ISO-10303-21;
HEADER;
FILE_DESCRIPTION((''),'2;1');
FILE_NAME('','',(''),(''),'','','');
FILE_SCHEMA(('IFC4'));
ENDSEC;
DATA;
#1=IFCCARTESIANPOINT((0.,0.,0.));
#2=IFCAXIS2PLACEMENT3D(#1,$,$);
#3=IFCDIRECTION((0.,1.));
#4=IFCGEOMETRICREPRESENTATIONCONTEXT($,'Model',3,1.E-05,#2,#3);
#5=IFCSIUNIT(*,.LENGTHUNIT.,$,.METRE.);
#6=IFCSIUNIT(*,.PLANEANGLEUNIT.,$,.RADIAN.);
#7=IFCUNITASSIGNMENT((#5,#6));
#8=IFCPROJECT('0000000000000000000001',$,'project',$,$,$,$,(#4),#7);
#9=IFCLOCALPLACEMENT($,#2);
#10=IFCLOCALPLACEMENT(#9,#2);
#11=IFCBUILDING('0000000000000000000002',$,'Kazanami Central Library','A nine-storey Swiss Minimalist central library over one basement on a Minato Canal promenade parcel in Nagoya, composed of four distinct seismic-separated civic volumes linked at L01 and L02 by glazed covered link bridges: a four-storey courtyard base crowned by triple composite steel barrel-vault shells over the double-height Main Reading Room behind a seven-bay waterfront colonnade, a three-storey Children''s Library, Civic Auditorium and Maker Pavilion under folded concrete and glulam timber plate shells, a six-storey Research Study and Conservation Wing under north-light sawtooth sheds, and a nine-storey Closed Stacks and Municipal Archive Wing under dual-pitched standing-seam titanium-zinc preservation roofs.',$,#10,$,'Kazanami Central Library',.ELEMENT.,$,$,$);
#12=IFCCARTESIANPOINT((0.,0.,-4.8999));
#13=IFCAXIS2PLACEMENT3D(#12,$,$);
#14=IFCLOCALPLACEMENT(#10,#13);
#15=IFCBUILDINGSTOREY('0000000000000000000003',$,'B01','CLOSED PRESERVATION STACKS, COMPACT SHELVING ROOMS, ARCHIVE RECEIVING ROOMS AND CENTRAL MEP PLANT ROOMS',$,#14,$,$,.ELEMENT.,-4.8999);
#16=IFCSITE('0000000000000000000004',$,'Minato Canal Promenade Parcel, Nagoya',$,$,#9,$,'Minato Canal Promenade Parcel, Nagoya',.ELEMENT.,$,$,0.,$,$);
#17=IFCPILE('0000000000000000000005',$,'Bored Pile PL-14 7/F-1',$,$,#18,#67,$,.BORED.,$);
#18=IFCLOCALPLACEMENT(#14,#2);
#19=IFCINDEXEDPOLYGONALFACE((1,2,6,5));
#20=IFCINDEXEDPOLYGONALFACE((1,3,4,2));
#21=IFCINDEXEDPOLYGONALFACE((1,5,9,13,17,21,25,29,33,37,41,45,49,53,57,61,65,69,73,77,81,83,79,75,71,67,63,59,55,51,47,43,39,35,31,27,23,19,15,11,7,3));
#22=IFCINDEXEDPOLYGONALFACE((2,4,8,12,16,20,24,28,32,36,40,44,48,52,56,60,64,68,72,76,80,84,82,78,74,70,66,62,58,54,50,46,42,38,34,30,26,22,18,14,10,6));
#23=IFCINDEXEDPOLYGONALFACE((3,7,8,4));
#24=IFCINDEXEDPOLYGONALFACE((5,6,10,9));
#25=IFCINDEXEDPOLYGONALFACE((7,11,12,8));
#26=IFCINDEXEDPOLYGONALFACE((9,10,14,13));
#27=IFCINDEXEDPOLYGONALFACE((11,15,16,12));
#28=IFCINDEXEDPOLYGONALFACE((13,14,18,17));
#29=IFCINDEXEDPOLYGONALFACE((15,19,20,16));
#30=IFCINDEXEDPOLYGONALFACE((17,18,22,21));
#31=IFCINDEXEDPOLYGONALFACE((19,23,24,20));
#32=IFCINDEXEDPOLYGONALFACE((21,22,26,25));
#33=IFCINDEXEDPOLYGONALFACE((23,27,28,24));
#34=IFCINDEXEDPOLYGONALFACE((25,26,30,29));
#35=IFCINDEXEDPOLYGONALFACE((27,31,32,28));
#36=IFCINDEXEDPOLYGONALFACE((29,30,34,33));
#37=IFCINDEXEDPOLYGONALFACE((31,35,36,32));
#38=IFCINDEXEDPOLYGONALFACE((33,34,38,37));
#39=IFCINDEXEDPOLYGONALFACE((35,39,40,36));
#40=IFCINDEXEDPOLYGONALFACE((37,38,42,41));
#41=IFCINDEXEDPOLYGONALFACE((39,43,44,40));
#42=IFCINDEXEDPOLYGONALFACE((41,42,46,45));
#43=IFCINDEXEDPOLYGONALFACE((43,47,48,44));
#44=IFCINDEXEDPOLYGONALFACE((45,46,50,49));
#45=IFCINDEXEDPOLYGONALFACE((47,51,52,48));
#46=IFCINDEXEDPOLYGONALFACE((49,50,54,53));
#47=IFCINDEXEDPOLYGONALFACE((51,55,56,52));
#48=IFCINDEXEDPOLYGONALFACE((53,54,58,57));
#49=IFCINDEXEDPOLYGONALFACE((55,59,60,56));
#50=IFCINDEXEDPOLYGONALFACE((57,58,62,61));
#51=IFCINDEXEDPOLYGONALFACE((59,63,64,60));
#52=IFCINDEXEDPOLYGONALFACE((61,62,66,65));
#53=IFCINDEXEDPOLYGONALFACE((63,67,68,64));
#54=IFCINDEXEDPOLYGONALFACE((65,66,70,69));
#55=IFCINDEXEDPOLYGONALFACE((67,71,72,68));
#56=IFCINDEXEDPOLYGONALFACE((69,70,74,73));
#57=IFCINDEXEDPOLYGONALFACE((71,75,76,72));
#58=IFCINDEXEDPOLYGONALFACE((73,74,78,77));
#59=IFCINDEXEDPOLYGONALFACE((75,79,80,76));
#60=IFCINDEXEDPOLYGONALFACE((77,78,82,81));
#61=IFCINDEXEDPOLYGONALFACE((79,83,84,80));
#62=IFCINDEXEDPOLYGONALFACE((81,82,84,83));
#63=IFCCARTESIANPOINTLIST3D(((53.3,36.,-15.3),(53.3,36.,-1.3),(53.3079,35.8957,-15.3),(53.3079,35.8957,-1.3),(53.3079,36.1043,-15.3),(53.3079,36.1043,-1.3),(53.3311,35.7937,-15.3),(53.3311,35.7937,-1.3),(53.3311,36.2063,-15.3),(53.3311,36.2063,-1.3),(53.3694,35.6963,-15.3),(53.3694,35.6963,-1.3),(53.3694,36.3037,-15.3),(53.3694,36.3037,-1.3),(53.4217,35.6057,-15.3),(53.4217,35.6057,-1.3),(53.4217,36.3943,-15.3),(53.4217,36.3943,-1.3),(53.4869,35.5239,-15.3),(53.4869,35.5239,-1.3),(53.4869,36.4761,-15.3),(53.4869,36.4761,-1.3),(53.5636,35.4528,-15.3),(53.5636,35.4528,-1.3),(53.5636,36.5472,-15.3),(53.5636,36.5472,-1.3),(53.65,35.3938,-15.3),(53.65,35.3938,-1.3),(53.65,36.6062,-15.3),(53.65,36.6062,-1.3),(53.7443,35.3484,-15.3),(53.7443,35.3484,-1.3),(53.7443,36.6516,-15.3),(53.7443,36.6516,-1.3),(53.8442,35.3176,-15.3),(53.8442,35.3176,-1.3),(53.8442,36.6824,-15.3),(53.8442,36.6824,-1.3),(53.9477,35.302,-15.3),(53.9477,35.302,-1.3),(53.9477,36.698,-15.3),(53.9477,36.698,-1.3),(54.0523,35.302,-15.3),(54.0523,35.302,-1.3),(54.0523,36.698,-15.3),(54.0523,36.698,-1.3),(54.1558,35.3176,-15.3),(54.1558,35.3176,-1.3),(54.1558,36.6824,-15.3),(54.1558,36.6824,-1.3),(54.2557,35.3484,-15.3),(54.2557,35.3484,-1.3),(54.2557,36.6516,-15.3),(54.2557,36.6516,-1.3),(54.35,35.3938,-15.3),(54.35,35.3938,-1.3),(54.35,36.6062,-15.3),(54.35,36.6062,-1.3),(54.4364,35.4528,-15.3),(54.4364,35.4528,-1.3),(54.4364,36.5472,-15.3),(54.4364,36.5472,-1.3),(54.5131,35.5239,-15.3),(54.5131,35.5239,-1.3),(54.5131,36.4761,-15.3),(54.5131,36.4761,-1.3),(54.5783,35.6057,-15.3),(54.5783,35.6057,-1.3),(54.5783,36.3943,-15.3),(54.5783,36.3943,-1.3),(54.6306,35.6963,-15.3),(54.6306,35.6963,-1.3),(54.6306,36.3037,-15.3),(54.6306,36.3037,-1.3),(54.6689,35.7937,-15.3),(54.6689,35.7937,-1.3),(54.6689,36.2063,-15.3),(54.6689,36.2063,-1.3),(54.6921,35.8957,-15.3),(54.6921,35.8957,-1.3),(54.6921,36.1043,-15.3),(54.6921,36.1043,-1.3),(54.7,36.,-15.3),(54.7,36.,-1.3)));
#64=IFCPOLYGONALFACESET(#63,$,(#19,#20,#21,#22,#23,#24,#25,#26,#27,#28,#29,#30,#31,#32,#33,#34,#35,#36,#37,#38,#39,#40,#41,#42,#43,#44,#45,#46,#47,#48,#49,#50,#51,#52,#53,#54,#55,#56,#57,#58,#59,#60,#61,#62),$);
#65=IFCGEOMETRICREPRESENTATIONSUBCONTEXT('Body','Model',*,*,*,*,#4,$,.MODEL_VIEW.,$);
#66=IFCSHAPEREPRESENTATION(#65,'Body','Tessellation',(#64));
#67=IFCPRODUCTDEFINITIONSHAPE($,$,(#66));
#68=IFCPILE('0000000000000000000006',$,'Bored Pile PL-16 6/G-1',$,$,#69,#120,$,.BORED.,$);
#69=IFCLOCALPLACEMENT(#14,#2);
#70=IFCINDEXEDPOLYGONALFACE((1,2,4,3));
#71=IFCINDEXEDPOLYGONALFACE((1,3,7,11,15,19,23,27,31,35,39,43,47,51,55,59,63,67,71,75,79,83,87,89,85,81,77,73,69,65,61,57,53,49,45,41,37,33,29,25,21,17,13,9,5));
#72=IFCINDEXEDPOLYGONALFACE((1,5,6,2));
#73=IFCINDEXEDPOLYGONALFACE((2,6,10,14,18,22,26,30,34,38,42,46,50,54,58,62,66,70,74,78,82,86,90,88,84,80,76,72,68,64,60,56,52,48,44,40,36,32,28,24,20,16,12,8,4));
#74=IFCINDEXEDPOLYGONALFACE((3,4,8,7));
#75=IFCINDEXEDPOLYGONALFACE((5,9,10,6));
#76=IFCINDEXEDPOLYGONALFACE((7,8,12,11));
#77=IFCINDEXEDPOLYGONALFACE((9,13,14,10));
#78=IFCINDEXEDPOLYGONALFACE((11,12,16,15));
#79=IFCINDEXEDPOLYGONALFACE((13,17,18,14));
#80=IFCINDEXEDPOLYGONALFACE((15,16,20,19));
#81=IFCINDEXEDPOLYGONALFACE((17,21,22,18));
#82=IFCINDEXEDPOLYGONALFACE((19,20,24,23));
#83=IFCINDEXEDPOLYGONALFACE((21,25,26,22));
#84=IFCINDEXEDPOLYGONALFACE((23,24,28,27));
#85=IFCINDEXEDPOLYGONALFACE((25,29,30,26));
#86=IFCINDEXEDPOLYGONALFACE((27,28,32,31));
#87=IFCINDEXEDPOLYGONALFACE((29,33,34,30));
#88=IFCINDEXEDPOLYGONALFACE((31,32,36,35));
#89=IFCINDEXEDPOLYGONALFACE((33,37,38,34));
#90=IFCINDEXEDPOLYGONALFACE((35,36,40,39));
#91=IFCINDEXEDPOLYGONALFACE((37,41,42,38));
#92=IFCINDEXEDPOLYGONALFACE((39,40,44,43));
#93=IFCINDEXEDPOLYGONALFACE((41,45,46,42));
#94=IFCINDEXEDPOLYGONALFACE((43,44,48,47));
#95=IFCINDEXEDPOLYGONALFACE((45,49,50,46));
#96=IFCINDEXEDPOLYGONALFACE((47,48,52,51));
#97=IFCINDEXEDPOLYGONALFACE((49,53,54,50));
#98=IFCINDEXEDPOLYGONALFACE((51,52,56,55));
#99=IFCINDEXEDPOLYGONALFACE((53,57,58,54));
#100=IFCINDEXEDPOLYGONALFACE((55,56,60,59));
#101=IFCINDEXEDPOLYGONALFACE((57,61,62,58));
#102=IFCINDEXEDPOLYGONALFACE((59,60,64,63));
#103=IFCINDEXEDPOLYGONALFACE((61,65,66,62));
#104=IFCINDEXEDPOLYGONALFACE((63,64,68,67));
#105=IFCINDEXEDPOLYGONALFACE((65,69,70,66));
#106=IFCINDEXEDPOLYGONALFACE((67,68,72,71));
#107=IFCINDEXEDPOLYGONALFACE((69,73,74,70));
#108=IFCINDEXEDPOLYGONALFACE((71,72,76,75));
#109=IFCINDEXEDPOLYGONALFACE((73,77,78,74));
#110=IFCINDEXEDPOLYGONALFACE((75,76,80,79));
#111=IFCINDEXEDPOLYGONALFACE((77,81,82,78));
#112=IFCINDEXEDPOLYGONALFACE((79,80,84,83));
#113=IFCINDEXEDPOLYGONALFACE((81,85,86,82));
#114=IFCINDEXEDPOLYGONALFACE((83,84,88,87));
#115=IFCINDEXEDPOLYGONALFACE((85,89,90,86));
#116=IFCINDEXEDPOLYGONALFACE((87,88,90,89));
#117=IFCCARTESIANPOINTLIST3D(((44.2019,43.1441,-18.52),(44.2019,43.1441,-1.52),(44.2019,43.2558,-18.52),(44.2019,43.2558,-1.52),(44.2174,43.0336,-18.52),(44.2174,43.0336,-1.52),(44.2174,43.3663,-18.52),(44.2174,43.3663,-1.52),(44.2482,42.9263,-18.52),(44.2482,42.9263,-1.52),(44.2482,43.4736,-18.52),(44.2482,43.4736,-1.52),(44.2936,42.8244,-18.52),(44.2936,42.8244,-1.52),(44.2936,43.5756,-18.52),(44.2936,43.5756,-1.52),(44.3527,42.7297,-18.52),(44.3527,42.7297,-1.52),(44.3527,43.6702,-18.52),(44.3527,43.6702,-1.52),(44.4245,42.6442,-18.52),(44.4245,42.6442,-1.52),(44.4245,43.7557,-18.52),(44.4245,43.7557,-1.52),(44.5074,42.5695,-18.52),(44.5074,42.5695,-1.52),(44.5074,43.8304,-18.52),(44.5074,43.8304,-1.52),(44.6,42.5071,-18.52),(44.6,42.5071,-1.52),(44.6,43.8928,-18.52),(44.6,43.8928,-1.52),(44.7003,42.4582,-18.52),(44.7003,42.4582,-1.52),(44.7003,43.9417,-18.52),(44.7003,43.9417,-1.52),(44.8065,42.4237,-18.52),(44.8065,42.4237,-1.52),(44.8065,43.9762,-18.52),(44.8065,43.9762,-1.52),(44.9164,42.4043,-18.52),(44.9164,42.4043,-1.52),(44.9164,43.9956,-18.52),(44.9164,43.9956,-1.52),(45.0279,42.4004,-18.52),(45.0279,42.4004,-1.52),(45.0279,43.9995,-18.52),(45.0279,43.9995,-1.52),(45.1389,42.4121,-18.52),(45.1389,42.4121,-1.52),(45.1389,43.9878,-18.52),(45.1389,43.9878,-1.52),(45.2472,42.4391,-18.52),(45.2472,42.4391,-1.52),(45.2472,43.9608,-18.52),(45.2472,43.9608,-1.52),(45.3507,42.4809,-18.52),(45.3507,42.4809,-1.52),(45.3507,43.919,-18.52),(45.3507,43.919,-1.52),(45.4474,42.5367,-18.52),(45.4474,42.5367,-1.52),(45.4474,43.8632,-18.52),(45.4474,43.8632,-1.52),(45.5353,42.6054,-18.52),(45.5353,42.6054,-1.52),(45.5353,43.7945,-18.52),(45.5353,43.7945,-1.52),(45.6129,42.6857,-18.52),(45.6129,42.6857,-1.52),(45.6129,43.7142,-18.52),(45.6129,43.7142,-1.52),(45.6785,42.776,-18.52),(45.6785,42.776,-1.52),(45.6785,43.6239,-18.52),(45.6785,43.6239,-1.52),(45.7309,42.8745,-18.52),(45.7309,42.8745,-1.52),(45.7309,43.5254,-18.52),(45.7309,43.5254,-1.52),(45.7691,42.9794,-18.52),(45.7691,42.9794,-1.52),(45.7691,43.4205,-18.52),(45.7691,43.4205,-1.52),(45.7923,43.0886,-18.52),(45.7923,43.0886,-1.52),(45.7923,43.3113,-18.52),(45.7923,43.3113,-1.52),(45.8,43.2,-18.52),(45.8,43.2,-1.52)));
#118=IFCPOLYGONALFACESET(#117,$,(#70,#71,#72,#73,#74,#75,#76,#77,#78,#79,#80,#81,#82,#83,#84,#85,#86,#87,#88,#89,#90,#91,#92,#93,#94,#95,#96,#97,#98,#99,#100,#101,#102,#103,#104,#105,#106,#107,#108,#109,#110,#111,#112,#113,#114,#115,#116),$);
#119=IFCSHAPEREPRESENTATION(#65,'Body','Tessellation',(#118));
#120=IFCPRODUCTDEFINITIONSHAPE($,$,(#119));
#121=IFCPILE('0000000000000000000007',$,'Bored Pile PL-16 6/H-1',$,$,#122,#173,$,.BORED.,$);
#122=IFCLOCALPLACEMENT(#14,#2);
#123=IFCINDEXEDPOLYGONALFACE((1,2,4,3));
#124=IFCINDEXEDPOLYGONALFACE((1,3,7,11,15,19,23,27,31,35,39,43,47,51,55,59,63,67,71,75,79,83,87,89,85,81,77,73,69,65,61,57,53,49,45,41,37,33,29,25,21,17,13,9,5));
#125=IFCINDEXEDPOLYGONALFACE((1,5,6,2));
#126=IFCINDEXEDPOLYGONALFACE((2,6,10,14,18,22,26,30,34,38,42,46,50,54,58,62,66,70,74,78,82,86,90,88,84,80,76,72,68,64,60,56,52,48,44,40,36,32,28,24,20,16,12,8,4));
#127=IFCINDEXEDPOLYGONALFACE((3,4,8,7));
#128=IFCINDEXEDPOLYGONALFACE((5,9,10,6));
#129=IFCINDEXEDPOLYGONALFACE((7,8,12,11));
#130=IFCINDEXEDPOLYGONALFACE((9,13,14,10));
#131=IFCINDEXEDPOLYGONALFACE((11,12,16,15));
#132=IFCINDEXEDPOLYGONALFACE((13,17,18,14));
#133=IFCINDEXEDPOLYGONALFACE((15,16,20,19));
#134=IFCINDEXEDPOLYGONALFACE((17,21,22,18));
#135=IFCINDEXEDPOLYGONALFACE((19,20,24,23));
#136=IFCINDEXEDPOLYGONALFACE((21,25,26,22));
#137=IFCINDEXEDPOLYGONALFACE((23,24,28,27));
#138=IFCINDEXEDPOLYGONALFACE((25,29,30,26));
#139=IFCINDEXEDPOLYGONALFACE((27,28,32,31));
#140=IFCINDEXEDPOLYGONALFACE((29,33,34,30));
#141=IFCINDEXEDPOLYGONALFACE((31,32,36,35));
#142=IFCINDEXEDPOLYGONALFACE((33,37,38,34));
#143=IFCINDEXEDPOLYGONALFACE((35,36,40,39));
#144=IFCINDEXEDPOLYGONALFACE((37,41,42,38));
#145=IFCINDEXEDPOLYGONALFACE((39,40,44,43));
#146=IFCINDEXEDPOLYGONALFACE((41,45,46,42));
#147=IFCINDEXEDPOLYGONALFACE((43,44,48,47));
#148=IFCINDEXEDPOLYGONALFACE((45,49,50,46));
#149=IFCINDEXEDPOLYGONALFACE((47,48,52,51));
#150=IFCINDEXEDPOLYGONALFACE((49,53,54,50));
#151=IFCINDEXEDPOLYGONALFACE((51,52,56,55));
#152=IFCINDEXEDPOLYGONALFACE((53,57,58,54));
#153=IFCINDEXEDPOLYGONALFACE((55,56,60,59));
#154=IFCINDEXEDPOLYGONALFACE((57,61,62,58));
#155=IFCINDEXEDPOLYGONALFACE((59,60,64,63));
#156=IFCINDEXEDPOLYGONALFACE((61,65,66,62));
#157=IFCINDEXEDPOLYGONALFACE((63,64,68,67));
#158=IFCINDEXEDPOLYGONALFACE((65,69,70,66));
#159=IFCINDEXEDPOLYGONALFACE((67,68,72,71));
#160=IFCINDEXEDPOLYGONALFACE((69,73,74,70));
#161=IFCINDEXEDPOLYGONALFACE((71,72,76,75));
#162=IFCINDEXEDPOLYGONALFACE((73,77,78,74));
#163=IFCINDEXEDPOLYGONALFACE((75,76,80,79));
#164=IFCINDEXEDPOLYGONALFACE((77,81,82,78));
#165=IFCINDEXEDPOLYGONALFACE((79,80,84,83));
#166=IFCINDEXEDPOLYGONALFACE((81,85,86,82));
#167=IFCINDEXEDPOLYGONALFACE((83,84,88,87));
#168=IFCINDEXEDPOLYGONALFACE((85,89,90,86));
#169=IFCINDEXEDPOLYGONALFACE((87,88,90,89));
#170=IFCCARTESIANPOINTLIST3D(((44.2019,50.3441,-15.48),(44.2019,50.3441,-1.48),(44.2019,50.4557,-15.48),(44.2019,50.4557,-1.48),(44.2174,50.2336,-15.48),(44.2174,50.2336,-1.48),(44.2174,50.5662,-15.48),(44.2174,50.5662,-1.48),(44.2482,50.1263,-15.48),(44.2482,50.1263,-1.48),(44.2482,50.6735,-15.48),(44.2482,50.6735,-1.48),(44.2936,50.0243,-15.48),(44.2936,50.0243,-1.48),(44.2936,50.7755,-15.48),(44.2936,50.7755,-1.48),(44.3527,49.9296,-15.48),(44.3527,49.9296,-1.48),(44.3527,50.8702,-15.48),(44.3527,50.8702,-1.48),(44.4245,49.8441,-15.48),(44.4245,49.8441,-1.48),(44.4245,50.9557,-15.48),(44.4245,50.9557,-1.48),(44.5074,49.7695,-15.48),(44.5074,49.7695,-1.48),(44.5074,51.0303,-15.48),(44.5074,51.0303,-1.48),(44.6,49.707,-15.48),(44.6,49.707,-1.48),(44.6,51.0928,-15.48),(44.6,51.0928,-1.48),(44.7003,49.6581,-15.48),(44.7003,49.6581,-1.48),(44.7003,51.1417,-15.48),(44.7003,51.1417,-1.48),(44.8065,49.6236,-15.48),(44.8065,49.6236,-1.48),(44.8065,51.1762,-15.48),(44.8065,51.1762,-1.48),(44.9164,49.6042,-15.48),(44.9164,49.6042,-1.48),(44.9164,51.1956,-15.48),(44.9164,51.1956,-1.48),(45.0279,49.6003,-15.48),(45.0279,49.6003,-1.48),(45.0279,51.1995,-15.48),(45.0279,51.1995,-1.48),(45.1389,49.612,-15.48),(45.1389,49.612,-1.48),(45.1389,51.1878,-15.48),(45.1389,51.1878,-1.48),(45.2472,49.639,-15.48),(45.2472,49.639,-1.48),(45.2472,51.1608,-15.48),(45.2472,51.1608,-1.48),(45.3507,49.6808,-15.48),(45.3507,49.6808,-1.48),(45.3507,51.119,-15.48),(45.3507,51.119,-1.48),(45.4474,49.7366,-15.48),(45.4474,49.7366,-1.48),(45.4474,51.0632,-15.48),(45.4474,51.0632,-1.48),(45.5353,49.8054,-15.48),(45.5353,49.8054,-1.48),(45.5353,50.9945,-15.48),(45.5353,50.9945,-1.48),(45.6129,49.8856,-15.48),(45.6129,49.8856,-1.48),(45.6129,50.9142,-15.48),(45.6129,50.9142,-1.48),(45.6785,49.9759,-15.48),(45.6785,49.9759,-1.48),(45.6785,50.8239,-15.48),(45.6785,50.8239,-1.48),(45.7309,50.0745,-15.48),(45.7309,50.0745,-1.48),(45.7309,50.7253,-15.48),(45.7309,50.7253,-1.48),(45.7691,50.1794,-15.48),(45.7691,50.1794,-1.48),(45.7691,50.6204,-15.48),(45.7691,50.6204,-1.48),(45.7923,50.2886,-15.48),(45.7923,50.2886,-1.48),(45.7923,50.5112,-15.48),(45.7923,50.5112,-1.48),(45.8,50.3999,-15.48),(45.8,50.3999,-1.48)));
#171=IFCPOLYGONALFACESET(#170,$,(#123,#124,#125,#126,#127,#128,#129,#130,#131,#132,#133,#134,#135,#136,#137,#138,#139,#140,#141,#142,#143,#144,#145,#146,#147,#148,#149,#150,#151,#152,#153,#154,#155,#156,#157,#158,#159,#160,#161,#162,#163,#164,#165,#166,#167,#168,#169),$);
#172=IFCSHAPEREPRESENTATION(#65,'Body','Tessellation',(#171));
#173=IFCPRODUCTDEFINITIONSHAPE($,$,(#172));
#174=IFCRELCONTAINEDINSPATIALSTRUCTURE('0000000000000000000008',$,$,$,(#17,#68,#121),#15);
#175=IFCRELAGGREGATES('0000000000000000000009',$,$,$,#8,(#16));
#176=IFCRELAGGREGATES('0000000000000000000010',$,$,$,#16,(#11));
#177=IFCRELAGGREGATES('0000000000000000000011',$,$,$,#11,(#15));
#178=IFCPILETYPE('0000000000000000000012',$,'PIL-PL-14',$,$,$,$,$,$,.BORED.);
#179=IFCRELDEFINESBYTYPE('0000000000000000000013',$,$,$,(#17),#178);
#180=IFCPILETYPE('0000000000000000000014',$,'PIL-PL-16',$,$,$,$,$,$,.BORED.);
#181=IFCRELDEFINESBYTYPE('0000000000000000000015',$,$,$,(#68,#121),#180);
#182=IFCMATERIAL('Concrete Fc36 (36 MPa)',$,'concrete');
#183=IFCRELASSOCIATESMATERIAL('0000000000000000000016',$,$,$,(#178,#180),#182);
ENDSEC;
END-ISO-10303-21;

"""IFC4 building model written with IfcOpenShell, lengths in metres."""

from ifc_helpers import new_model, si_unit, direction, frame, origin, origin_2d, place, context, subcontext, project, spatial, circle, extrude, material, material_profile, profile_set, type_object, element, save


model = new_model("IFC4")

# Units and contexts
model_context = context("Model", 3, precision=1e-05, world=origin(), true_north=direction((0.0, 1.0)))
body_context = subcontext(model_context, "Body", "Model", "MODEL_VIEW")
ifc_project = project(units=[si_unit("LENGTHUNIT", "METRE"), si_unit("PLANEANGLEUNIT", "RADIAN")], contexts=[model_context])

# Site, building, storey
site_placement = place(None, origin())
site = spatial("IfcSite", under=ifc_project, at=site_placement, Name="Minato Canal Promenade Parcel, Nagoya", LongName="Minato Canal Promenade Parcel, Nagoya", CompositionType="ELEMENT", RefElevation=0.0)
building_placement = place(site_placement, origin())
building = spatial("IfcBuilding", under=site, at=building_placement, Name="Kazanami Central Library", Description="A nine-storey Swiss Minimalist central library over one basement on a Minato Canal promenade parcel in Nagoya, composed of four distinct seismic-separated civic volumes linked at L01 and L02 by glazed covered link bridges: a four-storey courtyard base crowned by triple composite steel barrel-vault shells over the double-height Main Reading Room behind a seven-bay waterfront colonnade, a three-storey Children's Library, Civic Auditorium and Maker Pavilion under folded concrete and glulam timber plate shells, a six-storey Research Study and Conservation Wing under north-light sawtooth sheds, and a nine-storey Closed Stacks and Municipal Archive Wing under dual-pitched standing-seam titanium-zinc preservation roofs.", LongName="Kazanami Central Library", CompositionType="ELEMENT")
storey_placement = place(building_placement, frame((0.0, 0.0, -4.8999)))
storey = spatial("IfcBuildingStorey", under=building, at=storey_placement, Name="B01", Description="CLOSED PRESERVATION STACKS, COMPACT SHELVING ROOMS, ARCHIVE RECEIVING ROOMS AND CENTRAL MEP PLANT ROOMS", CompositionType="ELEMENT", Elevation=-4.8999)

# Shared definitions
ifc_material_1 = material(Name="Concrete Fc36 (36 MPa)", Category="concrete")

# Piles
ifc_material_profile_1 = material_profile(ifc_material_1, circle(Radius=0.7, at=origin_2d()), Name="BORED-D1400")
ifc_profile_set_1 = profile_set([ifc_material_profile_1], Name="Concrete Fc36 (36 MPa)")
pile_type_1 = type_object("IfcPileType", Name="PIL-PL-14", PredefinedType="BORED", material=ifc_profile_set_1)
pile_1_placement = place(storey_placement, frame((54.0, 36.0, -1.3), z_axis=(0.0, 0.0, -1.0), x_axis=(1.0, 0.0, 0.0)))
element("IfcPile", 1, at=pile_1_placement, inside=storey, type_object=pile_type_1, Name="Bored Pile PL-14 7/F-1", PredefinedType="BORED", context=body_context, shape_type="SweptSolid", body=[
    extrude(circle(Radius=0.7, at=origin_2d()), origin(), (0.0, 0.0, 1.0), 14.0),
])
ifc_material_profile_2 = material_profile(ifc_material_1, circle(Radius=0.8, at=origin_2d()), Name="BORED-D1600")
ifc_profile_set_2 = profile_set([ifc_material_profile_2], Name="Concrete Fc36 (36 MPa)")
pile_type_2 = type_object("IfcPileType", Name="PIL-PL-16", PredefinedType="BORED", material=ifc_profile_set_2)
pile_2_placement = place(storey_placement, frame((45.0, 43.2, -1.52), z_axis=(0.0, 0.0, -1.0), x_axis=(1.0, 0.0, 0.0)))
element("IfcPile", 2, at=pile_2_placement, inside=storey, type_object=pile_type_2, Name="Bored Pile PL-16 6/G-1", PredefinedType="BORED", context=body_context, shape_type="SweptSolid", body=[
    extrude(circle(Radius=0.8, at=origin_2d()), origin(), (0.0, 0.0, 1.0), 17.0),
])
for number, where, z_axis, x_axis, name in (
    (3, (45.0, 50.3999, -1.48), (0.0, 0.0, -1.0), (1.0, 0.0, 0.0), "Bored Pile PL-16 6/H-1"),
):
    element("IfcPile", number, at=place(storey_placement, frame(where, z_axis=z_axis, x_axis=x_axis)), inside=storey, type_object=pile_type_2, Name=name, PredefinedType="BORED", context=body_context, shape_type="SweptSolid", body=[
        extrude(circle(Radius=0.8, at=origin_2d()), origin(), (0.0, 0.0, 1.0), 14.0),
    ])

save(model, "model.ifc")
